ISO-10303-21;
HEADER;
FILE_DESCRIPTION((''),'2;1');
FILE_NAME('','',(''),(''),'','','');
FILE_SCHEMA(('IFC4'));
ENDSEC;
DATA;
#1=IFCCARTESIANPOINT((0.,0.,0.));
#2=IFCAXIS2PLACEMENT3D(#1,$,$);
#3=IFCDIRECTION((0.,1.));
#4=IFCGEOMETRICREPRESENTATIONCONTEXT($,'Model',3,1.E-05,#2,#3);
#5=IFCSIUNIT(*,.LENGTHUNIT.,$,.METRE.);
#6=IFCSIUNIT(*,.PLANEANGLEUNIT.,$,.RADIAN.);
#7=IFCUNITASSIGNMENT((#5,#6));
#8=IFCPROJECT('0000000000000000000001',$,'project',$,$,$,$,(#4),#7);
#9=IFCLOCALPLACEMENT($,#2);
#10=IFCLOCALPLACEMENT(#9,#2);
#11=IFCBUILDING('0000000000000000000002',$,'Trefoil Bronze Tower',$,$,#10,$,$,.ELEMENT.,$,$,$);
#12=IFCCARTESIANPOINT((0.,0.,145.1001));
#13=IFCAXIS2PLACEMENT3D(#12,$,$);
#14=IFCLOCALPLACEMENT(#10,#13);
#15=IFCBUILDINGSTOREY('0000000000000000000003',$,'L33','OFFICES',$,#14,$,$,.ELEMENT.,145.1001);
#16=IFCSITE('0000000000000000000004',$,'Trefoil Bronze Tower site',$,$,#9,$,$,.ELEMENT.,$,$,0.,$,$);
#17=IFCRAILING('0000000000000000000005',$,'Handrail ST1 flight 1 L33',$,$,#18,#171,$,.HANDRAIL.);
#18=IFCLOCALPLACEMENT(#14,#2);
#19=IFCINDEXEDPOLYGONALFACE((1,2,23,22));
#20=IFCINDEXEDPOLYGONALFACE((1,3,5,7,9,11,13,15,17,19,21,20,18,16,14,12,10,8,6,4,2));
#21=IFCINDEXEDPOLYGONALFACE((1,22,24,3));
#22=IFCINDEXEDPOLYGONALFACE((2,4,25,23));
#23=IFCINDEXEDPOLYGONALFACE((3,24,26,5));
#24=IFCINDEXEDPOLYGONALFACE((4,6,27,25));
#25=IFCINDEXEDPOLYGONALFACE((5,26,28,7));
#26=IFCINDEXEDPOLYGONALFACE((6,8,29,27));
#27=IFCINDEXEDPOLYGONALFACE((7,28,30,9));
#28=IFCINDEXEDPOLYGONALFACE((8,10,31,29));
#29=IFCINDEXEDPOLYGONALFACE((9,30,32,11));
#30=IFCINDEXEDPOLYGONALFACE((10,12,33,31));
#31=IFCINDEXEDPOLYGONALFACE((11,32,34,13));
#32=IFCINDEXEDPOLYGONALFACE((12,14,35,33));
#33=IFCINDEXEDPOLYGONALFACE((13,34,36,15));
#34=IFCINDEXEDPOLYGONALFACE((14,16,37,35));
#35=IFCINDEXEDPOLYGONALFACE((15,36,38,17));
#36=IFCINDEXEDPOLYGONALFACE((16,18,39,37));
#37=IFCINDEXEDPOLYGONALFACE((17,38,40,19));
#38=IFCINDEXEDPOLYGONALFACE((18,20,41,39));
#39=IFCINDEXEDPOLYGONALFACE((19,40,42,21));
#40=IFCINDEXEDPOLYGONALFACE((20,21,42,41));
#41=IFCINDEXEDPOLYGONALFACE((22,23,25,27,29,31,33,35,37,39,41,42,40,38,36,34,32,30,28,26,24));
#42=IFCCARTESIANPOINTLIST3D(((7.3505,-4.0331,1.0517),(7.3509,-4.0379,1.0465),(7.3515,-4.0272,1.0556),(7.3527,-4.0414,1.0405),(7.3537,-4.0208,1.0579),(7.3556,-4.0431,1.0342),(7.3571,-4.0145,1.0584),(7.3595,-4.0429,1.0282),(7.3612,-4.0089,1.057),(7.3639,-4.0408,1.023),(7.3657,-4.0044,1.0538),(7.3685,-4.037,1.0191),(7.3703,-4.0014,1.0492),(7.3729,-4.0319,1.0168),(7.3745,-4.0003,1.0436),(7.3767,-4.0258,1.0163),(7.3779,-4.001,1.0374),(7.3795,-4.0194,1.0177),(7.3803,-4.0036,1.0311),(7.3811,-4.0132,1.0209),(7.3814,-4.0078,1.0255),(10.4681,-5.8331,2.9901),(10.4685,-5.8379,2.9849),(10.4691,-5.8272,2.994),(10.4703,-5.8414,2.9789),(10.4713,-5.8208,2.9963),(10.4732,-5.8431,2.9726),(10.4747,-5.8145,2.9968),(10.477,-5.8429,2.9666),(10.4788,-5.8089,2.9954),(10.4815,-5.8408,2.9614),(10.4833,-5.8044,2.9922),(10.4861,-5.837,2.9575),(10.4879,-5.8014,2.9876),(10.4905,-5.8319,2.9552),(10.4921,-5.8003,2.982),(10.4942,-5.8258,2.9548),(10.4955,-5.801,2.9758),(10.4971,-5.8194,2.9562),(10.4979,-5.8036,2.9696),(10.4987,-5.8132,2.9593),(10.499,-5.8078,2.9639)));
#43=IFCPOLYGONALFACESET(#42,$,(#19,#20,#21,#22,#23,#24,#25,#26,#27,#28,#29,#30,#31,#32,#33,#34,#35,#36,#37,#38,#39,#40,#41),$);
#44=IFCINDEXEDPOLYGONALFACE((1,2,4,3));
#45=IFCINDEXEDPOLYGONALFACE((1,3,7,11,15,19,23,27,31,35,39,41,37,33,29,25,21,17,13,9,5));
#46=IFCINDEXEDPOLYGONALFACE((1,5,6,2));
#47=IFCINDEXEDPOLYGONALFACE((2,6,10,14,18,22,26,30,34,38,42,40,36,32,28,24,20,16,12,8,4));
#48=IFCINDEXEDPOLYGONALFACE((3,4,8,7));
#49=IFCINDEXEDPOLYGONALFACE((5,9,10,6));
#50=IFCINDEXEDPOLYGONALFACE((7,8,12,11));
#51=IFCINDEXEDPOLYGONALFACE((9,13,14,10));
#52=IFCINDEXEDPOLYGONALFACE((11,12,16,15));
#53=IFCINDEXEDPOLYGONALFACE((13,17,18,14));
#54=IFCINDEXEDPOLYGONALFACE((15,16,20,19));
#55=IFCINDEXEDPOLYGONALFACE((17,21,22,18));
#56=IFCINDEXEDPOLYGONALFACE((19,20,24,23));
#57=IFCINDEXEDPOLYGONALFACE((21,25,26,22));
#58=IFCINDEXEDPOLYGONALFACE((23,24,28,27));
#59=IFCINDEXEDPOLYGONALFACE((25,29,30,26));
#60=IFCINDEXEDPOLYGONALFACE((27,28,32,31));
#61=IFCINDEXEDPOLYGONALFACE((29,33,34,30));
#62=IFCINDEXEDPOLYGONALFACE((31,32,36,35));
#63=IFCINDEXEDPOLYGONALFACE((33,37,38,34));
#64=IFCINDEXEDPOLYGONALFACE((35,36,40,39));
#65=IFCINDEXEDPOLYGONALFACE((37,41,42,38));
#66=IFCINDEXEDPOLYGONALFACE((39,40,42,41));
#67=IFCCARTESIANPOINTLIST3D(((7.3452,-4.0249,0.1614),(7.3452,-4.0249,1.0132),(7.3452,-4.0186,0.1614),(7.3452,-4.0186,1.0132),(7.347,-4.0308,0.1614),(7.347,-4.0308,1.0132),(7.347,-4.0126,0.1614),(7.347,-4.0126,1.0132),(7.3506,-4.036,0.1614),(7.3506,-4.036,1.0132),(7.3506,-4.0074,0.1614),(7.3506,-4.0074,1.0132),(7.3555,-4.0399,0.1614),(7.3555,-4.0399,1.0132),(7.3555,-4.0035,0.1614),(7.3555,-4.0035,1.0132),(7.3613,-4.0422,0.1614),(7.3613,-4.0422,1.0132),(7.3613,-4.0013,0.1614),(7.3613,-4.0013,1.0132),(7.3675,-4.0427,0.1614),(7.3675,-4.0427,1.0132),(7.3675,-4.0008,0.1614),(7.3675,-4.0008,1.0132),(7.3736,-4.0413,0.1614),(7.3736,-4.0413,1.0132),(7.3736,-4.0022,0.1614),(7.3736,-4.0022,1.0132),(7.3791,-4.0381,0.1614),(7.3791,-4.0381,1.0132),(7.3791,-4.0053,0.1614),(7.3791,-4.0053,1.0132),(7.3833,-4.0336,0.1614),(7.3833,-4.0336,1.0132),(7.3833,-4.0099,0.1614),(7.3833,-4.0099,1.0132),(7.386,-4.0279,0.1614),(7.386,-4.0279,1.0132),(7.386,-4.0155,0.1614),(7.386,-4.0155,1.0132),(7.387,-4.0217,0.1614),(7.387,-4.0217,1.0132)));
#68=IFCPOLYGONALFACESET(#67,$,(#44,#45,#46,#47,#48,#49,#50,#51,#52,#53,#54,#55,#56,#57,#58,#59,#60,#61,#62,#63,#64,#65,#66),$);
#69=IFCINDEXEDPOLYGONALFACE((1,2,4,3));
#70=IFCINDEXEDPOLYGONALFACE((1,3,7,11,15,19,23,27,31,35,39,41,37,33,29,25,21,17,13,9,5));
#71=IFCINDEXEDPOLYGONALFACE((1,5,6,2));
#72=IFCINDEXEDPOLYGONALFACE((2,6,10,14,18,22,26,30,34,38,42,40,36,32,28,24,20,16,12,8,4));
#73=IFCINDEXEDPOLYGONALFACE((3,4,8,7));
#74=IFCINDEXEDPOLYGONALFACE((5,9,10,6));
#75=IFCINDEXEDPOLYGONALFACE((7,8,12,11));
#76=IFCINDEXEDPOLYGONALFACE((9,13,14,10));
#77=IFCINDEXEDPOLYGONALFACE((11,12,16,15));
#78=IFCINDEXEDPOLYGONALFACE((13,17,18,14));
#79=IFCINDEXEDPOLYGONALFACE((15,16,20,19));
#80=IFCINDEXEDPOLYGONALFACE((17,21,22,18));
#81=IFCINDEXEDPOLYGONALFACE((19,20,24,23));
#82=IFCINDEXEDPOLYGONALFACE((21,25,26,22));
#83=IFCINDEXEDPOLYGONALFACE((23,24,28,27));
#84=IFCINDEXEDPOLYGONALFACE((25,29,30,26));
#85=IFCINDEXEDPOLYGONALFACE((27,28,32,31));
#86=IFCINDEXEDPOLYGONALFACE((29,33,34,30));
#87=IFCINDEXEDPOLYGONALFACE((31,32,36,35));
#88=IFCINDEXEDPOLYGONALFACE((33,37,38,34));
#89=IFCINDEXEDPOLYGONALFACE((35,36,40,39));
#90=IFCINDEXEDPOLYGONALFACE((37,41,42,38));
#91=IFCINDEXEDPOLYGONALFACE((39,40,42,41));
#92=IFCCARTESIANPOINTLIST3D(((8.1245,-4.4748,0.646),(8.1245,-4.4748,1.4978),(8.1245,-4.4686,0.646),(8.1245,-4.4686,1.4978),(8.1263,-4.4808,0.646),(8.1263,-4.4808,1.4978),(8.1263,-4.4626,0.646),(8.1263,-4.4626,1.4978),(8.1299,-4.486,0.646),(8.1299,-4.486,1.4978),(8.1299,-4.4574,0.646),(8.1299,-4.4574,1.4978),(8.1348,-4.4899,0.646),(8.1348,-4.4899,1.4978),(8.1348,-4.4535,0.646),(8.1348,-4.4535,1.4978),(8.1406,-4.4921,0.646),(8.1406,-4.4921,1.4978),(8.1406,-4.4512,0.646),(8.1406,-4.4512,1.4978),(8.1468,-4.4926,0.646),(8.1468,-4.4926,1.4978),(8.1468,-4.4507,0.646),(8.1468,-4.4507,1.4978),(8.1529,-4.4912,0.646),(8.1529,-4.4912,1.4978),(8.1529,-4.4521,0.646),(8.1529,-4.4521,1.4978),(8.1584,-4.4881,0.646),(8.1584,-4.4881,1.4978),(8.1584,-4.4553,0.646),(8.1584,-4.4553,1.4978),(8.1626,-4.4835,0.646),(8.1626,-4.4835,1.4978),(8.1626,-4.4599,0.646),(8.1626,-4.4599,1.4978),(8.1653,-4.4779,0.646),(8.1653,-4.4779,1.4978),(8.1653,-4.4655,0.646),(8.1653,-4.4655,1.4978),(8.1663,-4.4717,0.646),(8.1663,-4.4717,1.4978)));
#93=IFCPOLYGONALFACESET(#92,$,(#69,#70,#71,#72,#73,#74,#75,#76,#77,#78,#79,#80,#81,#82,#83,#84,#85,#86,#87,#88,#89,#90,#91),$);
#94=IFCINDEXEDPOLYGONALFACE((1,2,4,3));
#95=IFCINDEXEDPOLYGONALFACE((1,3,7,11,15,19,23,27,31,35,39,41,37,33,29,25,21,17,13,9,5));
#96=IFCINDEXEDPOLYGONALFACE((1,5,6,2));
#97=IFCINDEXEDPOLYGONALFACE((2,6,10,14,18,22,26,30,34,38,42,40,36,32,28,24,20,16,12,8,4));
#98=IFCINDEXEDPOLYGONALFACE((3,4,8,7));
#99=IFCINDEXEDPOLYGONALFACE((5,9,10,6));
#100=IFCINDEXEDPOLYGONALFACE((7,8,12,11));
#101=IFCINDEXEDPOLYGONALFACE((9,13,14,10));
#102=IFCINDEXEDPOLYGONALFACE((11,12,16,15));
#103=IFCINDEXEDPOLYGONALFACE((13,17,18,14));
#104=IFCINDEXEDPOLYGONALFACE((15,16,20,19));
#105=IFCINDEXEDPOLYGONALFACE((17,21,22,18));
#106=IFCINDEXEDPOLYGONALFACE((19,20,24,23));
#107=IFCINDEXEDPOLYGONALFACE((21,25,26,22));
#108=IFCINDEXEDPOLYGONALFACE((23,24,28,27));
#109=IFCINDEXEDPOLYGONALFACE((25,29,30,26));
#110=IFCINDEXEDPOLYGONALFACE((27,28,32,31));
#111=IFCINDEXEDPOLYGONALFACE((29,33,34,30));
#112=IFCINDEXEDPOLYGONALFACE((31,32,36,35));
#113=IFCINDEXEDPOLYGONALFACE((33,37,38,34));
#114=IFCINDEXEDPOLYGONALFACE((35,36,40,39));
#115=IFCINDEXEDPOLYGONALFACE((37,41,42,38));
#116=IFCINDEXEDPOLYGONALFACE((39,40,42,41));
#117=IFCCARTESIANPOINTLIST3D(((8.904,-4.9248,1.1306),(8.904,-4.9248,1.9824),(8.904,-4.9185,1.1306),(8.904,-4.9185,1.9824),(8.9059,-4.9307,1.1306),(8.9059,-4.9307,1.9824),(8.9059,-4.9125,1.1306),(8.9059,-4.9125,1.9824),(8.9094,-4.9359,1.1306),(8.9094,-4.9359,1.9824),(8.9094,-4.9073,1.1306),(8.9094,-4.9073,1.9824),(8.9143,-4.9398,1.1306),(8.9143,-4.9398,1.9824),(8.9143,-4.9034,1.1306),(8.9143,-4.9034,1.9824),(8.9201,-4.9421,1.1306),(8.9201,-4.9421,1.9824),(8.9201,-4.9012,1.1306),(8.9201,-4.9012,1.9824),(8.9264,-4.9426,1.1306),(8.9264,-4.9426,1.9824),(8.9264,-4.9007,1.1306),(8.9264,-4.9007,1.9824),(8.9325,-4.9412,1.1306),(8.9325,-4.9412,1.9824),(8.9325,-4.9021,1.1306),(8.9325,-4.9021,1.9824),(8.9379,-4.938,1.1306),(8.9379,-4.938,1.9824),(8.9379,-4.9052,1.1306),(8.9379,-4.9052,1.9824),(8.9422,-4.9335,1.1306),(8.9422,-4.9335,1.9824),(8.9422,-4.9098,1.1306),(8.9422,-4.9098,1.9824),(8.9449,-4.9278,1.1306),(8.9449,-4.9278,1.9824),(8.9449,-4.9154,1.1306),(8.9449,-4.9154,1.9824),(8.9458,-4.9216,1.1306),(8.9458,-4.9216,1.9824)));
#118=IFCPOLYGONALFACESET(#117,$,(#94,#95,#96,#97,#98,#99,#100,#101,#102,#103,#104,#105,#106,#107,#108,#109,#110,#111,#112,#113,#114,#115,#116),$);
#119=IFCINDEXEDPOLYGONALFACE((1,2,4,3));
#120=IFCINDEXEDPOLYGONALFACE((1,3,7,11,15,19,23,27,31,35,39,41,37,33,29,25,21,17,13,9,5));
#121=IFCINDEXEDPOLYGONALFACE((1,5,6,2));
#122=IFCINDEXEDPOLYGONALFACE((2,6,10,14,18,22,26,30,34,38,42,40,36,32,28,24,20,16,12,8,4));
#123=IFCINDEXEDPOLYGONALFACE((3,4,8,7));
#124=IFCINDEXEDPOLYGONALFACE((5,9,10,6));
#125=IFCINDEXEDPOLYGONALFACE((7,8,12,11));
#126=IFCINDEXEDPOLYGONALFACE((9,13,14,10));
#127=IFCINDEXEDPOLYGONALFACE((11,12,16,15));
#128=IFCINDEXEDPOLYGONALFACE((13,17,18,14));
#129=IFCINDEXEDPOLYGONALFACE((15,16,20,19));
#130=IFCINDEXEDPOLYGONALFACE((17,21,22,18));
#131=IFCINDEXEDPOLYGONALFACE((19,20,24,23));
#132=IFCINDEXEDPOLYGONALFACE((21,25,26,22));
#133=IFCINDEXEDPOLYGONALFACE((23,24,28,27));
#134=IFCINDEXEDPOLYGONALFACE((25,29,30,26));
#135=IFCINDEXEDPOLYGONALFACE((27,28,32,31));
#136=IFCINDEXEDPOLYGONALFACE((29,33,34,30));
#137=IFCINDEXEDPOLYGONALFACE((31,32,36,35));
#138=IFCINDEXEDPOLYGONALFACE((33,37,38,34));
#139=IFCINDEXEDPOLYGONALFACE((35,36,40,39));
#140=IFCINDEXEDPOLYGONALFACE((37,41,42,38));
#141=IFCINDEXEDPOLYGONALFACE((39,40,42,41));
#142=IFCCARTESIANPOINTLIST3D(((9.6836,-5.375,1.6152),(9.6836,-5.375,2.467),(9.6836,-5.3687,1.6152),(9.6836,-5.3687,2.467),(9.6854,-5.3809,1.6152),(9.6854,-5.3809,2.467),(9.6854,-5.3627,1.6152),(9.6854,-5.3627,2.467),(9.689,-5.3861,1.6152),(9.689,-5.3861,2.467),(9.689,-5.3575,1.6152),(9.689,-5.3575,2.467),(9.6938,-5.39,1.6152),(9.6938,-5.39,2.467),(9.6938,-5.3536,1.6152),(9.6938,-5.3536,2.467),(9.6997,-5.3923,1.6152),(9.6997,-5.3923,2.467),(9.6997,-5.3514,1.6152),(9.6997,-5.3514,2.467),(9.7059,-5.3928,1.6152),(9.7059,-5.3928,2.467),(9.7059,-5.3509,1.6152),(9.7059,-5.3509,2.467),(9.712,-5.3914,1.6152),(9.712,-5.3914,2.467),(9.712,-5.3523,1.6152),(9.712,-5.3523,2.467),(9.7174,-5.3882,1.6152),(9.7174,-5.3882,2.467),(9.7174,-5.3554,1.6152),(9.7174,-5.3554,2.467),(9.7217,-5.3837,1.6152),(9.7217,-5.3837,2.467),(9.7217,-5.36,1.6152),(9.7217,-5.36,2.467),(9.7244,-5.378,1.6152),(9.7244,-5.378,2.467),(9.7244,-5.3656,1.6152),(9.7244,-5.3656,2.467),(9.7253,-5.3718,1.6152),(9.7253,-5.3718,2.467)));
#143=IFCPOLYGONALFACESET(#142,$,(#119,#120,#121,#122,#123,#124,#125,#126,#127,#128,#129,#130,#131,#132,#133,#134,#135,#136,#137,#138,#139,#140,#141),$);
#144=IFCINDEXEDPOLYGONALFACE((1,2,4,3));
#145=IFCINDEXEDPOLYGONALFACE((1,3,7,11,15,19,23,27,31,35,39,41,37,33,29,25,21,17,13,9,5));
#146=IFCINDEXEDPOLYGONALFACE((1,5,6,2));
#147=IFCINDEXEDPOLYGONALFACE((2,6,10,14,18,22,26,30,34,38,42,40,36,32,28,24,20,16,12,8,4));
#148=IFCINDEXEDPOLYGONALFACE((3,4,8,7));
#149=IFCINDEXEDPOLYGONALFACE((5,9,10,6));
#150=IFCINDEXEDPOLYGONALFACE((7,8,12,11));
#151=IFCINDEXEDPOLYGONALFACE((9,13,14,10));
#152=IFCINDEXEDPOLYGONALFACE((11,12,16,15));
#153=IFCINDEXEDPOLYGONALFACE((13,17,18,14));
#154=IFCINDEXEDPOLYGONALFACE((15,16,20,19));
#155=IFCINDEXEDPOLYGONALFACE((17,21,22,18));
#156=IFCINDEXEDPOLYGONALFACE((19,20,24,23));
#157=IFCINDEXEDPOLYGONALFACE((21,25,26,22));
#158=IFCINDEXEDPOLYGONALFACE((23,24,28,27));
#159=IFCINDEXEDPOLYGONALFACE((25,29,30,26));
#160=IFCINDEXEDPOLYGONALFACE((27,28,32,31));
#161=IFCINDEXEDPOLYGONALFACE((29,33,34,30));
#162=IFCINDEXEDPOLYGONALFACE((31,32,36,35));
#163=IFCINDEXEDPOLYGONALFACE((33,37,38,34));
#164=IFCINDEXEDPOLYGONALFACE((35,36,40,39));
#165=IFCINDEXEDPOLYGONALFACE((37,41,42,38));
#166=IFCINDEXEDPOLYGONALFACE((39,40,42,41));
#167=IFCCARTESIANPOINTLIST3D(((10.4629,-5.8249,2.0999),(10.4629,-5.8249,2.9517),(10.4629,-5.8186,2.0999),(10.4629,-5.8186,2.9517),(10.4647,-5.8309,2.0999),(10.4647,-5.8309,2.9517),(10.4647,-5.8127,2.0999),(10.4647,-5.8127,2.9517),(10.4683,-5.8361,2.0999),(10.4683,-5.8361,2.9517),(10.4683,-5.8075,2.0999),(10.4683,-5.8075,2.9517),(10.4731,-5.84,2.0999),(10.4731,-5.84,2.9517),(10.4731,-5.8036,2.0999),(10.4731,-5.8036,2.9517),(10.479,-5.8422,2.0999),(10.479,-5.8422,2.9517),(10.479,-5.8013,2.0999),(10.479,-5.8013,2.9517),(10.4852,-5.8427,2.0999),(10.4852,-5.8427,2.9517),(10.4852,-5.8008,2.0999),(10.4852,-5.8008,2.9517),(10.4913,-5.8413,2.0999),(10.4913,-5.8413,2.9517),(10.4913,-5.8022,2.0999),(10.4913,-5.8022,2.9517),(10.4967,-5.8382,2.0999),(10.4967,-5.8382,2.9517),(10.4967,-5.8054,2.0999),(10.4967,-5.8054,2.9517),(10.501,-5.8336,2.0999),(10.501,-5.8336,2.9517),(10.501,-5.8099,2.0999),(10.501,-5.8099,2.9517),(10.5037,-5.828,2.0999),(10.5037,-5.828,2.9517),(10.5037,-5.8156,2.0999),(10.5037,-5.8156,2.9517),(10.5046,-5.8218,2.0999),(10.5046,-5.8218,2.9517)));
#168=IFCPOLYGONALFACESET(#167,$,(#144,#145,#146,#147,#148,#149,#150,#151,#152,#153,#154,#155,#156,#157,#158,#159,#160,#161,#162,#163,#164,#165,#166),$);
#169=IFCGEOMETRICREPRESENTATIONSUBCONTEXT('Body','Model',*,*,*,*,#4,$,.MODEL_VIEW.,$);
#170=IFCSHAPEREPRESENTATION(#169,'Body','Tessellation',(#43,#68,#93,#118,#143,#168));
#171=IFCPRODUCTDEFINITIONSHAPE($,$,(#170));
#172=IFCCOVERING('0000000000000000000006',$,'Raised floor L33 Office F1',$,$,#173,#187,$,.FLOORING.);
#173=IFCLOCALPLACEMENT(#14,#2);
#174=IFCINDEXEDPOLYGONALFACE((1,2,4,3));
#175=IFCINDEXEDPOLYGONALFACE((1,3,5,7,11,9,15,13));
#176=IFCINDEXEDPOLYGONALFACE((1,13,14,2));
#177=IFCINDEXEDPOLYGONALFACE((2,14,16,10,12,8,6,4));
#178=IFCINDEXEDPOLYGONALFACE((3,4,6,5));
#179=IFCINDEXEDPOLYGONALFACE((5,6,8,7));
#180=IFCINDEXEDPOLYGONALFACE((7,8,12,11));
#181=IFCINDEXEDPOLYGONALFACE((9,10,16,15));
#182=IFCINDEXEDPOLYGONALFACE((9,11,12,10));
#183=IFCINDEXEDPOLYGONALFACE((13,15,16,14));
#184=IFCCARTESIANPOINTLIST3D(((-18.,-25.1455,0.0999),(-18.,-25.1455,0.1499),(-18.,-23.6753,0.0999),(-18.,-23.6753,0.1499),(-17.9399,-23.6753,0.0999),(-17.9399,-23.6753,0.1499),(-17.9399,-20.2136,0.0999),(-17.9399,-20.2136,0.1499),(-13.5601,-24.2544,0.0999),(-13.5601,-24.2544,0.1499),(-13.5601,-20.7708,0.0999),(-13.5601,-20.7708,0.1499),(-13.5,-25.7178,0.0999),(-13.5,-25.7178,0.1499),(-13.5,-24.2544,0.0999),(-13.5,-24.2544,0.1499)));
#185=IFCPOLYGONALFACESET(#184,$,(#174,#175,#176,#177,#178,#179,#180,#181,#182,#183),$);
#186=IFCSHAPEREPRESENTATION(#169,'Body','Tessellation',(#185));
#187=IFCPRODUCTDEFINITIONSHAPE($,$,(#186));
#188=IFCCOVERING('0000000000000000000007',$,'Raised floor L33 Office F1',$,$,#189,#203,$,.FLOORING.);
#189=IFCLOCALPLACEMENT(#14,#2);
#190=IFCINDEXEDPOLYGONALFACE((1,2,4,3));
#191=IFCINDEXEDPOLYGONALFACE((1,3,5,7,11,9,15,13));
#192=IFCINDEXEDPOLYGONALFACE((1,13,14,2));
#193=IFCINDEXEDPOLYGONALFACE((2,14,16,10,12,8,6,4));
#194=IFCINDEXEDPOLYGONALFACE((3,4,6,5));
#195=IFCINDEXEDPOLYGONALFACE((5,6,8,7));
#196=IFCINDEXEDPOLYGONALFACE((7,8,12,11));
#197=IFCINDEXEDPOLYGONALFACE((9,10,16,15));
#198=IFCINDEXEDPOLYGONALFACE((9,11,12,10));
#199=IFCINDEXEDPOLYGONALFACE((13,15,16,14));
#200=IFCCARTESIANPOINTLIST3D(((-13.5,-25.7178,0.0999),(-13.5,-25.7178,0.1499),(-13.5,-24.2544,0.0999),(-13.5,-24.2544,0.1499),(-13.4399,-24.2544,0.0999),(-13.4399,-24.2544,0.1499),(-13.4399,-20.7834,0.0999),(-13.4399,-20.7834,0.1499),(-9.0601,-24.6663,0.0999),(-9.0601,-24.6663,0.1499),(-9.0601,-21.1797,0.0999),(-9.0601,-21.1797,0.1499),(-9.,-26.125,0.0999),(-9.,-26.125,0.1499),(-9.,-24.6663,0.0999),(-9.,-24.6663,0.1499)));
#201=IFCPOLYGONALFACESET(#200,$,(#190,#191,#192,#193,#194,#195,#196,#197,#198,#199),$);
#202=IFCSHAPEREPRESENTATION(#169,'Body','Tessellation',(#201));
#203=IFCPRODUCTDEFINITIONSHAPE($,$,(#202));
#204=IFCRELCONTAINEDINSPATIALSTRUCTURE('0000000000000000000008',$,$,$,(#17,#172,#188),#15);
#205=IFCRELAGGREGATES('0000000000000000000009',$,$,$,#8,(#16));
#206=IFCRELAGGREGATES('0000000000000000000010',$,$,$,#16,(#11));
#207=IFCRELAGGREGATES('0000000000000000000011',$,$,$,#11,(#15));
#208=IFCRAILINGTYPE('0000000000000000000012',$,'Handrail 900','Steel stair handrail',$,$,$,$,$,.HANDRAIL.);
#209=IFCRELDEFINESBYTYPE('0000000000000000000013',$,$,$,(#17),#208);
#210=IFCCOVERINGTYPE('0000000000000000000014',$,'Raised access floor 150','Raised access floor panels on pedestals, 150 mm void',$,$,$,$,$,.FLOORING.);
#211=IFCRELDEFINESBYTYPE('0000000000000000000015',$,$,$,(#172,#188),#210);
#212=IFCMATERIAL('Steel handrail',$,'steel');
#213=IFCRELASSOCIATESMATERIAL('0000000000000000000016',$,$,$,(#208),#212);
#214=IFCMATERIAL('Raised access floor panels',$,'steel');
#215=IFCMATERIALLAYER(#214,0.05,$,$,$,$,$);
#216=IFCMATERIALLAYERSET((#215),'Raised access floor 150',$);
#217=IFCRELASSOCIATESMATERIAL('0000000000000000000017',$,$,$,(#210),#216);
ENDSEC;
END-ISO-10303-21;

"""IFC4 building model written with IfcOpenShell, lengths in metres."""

from ifc_helpers import new_model, si_unit, direction, frame, origin, origin_2d, place, context, subcontext, project, spatial, polyline, circle, outline, extrude, material, layer, layer_set, type_object, element, save


model = new_model("IFC4")

# Units and contexts
model_context = context("Model", 3, precision=1e-05, world=origin(), true_north=direction((0.0, 1.0)))
body_context = subcontext(model_context, "Body", "Model", "MODEL_VIEW")
ifc_project = project(units=[si_unit("LENGTHUNIT", "METRE"), si_unit("PLANEANGLEUNIT", "RADIAN")], contexts=[model_context])

# Site, building, storey
site_placement = place(None, origin())
site = spatial("IfcSite", under=ifc_project, at=site_placement, Name="Trefoil Bronze Tower site", CompositionType="ELEMENT", RefElevation=0.0)
building_placement = place(site_placement, origin())
building = spatial("IfcBuilding", under=site, at=building_placement, Name="Trefoil Bronze Tower", CompositionType="ELEMENT")
storey_placement = place(building_placement, frame((0.0, 0.0, 145.1001)))
storey = spatial("IfcBuildingStorey", under=building, at=storey_placement, Name="L33", Description="OFFICES", CompositionType="ELEMENT", Elevation=145.1001)

# Railing
ifc_material_1 = material(Name="Steel handrail", Category="steel")
railing_type = type_object("IfcRailingType", Name="Handrail 900", Description="Steel stair handrail", PredefinedType="HANDRAIL", material=ifc_material_1)
railing_placement = place(storey_placement, frame((7.366, -4.0217, 0.1614)))
element("IfcRailing", 1, at=railing_placement, inside=storey, type_object=railing_type, Name="Handrail ST1 flight 1 L33", PredefinedType="HANDRAIL", context=body_context, shape_type="SweptSolid", body=[
    extrude(circle(Radius=0.0239, at=origin_2d()), frame((0.0, 0.0, 0.876), z_axis=(0.762503, -0.440246, 0.474102), x_axis=(0.500012, 0.866018, 0.0)), (0.0, 0.0, 1.0), 4.0886),
    extrude(circle(Radius=0.021, at=origin_2d()), origin(), (0.0, 0.0, 1.0), 0.8518),
    extrude(circle(Radius=0.021, at=origin_2d()), frame((0.7793, -0.45, 0.4846)), (0.0, 0.0, 1.0), 0.8518),
    extrude(circle(Radius=0.021, at=origin_2d()), frame((1.5588, -0.8999, 0.9692)), (0.0, 0.0, 1.0), 0.8518),
    extrude(circle(Radius=0.021, at=origin_2d()), frame((2.3384, -1.3501, 1.4539)), (0.0, 0.0, 1.0), 0.8518),
    extrude(circle(Radius=0.021, at=origin_2d()), frame((3.1177, -1.8, 1.9385)), (0.0, 0.0, 1.0), 0.8518),
])

# Coverings
ifc_material_2 = material(Name="Raised access floor panels", Category="steel")
ifc_layer_1 = layer(ifc_material_2, 0.05)
ifc_layer_set_1 = layer_set([ifc_layer_1], Name="Raised access floor 150")
covering_type_1 = type_object("IfcCoveringType", Name="Raised access floor 150", Description="Raised access floor panels on pedestals, 150 mm void", PredefinedType="FLOORING", material=ifc_layer_set_1)
covering_1_placement = place(storey_placement, frame((0.0, 0.0, 0.0999)))
element("IfcCovering", 2, at=covering_1_placement, inside=storey, type_object=covering_type_1, Name="Raised floor L33 Office F1", PredefinedType="FLOORING", context=body_context, shape_type="SweptSolid", body=[
    extrude(outline(polyline([(-18.0, -23.6753), (-17.9399, -23.6753), (-17.9399, -20.2136), (-13.5601, -20.7708), (-13.5601, -24.2544), (-13.5, -24.2544), (-13.5, -25.7178), (-18.0, -25.1455), (-18.0, -23.6753)])), origin(), (0.0, 0.0, 1.0), 0.05),
])
covering_2_placement = place(storey_placement, frame((0.0, 0.0, 0.0999)))
element("IfcCovering", 3, at=covering_2_placement, inside=storey, type_object=covering_type_1, Name="Raised floor L33 Office F1", PredefinedType="FLOORING", context=body_context, shape_type="SweptSolid", body=[
    extrude(outline(polyline([(-13.5, -24.2544), (-13.4399, -24.2544), (-13.4399, -20.7834), (-9.0601, -21.1797), (-9.0601, -24.6663), (-9.0, -24.6663), (-9.0, -26.125), (-13.5, -25.7178), (-13.5, -24.2544)])), origin(), (0.0, 0.0, 1.0), 0.05),
])

save(model, "model.ifc")
